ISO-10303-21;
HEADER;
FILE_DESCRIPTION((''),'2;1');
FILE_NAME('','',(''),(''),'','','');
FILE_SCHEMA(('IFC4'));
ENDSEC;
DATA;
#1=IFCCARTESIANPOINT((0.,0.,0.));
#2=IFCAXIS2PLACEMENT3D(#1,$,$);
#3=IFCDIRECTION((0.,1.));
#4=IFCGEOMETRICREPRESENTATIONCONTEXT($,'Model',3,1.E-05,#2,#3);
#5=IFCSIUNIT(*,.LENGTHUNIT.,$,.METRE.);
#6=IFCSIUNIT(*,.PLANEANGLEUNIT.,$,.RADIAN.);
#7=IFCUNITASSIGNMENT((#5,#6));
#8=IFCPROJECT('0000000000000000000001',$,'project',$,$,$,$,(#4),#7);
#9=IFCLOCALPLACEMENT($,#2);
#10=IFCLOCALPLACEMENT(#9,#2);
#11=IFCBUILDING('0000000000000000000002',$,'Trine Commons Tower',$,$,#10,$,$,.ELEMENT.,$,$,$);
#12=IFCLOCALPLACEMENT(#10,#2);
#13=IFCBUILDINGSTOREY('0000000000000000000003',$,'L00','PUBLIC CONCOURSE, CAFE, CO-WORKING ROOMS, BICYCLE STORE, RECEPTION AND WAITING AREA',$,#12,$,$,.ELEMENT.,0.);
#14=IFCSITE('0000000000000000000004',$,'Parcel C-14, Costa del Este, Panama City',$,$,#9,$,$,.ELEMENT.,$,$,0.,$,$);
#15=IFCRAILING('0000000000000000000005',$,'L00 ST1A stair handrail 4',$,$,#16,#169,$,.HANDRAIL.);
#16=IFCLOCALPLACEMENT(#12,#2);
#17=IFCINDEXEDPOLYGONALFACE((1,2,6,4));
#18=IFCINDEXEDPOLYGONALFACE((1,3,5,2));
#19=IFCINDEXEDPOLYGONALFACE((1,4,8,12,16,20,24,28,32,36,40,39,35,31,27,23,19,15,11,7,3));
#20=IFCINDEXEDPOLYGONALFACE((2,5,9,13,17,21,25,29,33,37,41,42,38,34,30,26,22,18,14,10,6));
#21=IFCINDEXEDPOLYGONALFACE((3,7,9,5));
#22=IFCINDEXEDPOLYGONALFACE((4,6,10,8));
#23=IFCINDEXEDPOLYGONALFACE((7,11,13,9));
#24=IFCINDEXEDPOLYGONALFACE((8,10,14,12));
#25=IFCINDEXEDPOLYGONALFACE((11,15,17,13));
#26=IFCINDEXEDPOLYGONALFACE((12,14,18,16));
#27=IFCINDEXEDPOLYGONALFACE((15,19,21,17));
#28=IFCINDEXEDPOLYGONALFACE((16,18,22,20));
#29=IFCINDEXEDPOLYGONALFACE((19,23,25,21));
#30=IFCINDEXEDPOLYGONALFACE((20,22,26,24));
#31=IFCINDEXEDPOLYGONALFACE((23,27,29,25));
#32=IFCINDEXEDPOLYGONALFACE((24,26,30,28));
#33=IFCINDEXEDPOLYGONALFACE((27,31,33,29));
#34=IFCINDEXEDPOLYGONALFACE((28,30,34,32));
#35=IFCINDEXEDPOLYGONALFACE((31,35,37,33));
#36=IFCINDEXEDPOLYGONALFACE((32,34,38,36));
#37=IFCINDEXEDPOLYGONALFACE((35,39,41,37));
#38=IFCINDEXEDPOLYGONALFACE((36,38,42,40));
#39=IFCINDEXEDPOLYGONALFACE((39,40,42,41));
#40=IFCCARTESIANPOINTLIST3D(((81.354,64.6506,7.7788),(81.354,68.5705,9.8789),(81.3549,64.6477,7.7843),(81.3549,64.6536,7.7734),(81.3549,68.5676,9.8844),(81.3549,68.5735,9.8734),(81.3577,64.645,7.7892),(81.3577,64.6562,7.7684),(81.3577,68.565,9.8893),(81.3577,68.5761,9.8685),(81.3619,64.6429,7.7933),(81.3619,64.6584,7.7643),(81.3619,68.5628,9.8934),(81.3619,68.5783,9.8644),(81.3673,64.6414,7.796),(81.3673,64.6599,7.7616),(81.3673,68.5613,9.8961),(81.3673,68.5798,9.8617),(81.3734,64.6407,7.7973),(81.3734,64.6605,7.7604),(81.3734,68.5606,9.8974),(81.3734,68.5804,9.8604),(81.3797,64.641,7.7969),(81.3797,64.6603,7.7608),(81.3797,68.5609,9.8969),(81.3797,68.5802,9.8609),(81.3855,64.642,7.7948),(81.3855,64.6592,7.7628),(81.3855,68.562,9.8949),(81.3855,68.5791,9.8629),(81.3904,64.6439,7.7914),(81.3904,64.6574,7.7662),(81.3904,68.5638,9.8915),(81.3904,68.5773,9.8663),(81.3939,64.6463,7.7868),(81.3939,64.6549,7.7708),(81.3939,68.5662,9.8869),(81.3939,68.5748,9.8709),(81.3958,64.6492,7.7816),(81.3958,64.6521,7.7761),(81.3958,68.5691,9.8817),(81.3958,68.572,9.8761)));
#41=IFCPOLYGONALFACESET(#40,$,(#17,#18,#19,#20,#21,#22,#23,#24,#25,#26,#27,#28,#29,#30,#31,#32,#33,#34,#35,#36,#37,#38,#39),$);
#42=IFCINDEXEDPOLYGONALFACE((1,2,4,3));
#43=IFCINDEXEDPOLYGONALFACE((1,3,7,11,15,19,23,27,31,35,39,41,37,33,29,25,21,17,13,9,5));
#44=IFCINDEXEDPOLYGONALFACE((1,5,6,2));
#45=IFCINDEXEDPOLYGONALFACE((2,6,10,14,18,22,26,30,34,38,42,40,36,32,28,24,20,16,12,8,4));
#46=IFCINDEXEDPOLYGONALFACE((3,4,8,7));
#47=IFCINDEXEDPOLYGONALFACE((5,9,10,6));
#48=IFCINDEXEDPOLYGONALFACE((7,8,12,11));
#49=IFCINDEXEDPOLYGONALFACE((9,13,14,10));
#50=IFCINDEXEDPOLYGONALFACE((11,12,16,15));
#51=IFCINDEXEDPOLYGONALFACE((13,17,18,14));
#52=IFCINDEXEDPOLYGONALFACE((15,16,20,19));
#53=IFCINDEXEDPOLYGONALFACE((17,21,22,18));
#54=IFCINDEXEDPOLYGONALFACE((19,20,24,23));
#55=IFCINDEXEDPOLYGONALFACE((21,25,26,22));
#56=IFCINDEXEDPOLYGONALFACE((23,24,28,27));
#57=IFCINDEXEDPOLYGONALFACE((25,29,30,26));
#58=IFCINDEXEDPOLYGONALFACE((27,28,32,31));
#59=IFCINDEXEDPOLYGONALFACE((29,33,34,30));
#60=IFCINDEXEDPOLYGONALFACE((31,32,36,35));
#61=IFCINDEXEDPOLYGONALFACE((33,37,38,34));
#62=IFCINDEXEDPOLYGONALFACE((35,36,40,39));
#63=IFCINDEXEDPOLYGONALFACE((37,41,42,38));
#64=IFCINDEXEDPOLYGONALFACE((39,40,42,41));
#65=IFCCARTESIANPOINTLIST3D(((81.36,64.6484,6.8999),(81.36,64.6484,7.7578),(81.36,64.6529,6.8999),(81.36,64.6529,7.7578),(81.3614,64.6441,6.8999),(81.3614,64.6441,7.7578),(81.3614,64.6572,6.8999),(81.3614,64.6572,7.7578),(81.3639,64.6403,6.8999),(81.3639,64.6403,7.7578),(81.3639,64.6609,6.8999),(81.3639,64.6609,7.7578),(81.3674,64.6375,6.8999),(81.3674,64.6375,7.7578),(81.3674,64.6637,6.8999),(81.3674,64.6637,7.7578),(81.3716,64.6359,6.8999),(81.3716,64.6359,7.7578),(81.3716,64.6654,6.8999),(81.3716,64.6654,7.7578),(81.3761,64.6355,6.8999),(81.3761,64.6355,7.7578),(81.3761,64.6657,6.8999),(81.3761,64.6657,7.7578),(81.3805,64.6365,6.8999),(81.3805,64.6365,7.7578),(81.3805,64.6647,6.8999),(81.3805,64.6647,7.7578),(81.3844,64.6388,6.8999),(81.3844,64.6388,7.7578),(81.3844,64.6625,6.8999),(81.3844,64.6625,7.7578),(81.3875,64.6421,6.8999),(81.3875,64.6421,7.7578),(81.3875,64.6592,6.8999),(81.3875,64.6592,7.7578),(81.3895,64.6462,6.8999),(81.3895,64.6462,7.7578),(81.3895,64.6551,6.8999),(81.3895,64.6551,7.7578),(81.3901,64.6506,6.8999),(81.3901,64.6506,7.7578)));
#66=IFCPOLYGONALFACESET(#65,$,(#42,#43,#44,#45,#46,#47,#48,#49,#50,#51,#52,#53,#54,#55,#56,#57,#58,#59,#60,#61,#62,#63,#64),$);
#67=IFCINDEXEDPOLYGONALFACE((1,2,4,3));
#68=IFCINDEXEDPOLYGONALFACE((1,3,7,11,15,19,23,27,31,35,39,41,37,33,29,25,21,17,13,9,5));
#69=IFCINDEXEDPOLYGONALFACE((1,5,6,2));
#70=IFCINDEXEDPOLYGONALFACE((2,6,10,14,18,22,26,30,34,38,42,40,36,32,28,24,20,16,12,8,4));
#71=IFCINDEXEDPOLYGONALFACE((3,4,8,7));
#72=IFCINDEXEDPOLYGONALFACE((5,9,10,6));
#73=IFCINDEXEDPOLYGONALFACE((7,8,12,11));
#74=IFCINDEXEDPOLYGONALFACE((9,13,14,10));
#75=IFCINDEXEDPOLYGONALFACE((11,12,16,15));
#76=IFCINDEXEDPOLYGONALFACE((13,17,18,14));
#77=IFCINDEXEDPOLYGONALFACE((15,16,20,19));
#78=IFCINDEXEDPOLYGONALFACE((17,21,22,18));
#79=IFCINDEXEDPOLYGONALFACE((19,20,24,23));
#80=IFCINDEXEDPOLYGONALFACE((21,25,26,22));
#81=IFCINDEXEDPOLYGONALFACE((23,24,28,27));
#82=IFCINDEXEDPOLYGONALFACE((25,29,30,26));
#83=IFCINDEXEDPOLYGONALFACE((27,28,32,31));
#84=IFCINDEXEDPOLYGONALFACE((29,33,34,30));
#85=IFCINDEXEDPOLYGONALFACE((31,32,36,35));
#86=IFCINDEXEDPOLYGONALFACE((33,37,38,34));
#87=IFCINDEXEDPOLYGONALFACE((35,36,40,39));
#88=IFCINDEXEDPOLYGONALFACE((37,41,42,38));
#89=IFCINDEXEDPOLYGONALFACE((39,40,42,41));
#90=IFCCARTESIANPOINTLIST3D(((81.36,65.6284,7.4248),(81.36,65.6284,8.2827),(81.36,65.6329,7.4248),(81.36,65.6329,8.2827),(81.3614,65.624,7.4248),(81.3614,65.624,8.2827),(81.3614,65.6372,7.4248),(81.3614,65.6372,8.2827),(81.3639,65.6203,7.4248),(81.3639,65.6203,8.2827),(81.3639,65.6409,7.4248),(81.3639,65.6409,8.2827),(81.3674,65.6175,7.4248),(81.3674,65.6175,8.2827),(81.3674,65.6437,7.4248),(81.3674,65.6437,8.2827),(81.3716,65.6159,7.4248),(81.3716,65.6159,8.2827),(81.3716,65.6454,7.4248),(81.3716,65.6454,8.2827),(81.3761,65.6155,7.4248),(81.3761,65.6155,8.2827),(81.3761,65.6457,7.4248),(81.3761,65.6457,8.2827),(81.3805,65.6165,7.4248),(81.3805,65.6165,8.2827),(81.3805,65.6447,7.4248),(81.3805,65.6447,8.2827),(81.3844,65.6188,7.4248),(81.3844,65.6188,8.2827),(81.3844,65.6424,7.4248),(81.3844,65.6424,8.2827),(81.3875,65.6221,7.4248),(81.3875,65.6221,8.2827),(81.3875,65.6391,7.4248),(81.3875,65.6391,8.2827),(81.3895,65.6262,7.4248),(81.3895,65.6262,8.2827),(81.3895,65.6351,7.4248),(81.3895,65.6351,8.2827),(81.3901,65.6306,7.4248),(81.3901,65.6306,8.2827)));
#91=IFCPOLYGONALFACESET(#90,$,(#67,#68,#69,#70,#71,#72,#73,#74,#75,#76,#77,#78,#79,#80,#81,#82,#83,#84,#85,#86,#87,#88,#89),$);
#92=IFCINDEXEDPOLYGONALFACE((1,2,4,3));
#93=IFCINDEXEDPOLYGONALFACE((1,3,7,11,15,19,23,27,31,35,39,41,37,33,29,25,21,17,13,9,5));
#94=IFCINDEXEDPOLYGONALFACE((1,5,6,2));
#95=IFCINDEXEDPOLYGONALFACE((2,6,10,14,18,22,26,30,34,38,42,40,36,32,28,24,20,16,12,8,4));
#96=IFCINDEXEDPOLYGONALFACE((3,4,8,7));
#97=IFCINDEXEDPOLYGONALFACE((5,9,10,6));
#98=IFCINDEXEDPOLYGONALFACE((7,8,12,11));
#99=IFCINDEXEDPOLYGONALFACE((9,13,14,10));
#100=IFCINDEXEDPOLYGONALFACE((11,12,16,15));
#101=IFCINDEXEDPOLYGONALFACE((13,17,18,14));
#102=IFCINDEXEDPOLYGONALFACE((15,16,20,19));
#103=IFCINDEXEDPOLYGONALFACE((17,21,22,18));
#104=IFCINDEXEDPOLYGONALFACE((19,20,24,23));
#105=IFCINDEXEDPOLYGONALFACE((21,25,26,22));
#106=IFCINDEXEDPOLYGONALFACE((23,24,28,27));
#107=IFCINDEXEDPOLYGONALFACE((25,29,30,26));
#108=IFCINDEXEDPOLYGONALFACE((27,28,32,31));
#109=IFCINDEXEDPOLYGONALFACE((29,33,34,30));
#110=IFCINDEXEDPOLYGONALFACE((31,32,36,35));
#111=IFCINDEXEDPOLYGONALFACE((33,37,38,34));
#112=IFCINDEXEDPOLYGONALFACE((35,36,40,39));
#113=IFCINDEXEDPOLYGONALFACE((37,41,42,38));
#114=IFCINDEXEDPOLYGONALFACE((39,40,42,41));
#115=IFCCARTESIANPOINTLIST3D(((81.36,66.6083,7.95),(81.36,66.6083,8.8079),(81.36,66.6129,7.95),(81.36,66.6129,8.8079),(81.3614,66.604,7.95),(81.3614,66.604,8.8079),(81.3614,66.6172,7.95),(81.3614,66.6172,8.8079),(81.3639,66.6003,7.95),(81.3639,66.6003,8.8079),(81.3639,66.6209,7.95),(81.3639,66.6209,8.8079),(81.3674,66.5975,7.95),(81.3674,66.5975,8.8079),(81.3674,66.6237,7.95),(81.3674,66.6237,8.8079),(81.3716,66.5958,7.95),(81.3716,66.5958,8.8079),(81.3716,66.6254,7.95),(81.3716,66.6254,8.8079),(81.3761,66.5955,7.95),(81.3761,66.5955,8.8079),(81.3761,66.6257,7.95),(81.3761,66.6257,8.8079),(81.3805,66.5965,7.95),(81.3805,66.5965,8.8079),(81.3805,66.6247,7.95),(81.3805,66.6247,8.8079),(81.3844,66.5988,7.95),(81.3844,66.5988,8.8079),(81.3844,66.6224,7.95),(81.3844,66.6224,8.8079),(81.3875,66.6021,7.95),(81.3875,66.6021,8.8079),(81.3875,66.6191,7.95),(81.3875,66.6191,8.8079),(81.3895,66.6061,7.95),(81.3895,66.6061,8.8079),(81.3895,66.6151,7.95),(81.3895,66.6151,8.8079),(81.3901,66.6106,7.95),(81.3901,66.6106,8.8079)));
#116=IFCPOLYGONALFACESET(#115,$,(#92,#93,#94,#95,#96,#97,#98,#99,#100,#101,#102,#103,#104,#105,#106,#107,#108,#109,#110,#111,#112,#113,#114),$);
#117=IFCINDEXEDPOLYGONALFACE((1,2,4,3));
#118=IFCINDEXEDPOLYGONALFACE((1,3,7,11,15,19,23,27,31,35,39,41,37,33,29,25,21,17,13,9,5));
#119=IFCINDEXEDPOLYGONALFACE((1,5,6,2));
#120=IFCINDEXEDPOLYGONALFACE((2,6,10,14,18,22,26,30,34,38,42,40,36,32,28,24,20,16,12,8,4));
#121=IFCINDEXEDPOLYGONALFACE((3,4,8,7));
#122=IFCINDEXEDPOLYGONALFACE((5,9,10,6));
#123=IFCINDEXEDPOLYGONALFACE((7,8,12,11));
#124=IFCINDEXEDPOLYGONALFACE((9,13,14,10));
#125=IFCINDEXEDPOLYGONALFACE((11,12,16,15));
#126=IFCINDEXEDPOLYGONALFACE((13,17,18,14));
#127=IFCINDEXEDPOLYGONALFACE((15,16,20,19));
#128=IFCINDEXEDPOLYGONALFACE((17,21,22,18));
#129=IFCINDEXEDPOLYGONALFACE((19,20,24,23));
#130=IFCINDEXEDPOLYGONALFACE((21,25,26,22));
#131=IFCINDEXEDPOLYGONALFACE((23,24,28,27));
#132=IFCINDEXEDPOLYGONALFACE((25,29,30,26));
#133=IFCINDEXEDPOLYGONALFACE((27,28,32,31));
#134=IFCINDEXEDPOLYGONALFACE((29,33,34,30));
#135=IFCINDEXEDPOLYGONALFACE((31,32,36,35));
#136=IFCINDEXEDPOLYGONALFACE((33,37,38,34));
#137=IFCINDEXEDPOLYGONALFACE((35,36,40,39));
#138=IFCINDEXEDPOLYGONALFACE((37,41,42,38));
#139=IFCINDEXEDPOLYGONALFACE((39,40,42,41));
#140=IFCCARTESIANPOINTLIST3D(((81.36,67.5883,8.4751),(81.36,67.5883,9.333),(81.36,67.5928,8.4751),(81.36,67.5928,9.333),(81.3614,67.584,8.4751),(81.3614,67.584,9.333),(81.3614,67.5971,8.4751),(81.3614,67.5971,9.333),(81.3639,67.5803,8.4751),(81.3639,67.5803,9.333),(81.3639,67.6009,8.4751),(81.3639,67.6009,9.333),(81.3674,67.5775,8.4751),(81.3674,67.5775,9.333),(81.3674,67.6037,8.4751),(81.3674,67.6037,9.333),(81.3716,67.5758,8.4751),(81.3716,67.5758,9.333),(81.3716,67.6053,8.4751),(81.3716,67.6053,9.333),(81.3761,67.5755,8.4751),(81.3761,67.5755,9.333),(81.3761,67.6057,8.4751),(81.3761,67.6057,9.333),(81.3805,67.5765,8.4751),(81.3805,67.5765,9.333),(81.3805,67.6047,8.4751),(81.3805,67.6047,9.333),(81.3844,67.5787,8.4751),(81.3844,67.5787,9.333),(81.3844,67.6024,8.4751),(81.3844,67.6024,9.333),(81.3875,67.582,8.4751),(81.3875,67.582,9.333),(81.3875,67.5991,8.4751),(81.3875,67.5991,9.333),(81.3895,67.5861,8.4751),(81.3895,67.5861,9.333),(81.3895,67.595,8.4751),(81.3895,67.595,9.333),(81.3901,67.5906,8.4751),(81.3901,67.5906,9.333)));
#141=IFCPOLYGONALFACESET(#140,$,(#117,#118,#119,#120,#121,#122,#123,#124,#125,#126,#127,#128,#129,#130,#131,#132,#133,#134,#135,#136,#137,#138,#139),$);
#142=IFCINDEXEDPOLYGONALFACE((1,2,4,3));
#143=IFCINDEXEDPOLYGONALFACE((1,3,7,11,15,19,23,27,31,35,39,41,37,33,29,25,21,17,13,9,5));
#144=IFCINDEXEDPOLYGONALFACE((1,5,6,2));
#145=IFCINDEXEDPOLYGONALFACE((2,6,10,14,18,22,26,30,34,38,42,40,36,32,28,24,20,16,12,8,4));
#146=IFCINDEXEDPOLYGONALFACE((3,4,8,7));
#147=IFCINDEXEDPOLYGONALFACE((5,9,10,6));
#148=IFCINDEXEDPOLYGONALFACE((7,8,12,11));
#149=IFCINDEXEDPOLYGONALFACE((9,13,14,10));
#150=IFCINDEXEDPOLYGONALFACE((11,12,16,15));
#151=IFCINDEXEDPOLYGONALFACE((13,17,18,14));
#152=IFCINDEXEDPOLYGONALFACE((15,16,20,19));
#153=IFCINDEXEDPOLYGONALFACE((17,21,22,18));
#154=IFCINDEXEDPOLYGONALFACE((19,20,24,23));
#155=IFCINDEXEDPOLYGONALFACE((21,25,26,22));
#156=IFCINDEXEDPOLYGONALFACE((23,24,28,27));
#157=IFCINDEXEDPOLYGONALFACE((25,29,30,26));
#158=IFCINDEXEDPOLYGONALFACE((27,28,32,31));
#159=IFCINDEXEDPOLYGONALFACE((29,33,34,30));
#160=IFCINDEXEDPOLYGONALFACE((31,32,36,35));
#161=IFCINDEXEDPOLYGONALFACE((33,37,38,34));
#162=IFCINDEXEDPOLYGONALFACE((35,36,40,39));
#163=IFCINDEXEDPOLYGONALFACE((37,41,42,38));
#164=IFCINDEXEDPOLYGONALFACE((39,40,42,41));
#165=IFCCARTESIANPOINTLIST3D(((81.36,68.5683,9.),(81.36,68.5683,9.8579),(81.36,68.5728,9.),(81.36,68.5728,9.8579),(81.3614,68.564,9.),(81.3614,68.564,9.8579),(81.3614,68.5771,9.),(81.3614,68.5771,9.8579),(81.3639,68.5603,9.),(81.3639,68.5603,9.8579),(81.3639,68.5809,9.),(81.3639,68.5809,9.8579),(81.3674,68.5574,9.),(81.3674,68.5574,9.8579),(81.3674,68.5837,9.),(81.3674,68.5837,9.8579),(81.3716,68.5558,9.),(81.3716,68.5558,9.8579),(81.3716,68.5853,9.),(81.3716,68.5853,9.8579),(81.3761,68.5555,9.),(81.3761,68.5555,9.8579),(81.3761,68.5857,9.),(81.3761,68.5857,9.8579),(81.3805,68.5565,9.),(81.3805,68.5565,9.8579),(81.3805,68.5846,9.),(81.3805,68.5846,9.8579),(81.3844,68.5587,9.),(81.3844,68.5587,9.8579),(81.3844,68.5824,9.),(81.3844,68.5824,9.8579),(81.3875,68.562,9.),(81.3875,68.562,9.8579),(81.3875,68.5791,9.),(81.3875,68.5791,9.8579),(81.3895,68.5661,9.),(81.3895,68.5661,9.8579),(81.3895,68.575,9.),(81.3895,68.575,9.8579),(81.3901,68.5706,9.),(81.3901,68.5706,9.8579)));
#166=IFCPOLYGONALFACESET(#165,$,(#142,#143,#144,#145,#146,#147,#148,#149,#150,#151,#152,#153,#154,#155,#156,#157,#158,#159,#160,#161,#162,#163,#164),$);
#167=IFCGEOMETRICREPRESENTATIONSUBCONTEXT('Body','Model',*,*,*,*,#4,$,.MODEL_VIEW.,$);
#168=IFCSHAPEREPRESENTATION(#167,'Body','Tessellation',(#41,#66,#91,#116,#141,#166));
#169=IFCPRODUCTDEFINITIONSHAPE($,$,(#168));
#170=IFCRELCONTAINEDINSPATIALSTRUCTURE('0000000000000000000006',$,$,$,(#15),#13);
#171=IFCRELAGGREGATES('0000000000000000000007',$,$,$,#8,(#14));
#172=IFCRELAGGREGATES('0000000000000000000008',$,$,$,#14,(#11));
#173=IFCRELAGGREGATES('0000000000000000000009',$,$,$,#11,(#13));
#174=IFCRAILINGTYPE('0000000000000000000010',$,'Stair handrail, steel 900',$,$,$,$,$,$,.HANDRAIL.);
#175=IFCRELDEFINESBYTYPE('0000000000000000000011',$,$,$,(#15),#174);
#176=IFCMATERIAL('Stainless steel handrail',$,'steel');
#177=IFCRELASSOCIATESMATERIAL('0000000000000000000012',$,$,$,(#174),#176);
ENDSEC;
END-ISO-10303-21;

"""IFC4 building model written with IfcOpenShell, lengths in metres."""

from ifc_helpers import new_model, si_unit, direction, frame, origin, origin_2d, place, context, subcontext, project, spatial, circle, extrude, material, type_object, element, save


model = new_model("IFC4")

# Units and contexts
model_context = context("Model", 3, precision=1e-05, world=origin(), true_north=direction((0.0, 1.0)))
body_context = subcontext(model_context, "Body", "Model", "MODEL_VIEW")
ifc_project = project(units=[si_unit("LENGTHUNIT", "METRE"), si_unit("PLANEANGLEUNIT", "RADIAN")], contexts=[model_context])

# Site, building, storey
site_placement = place(None, origin())
site = spatial("IfcSite", under=ifc_project, at=site_placement, Name="Parcel C-14, Costa del Este, Panama City", CompositionType="ELEMENT", RefElevation=0.0)
building_placement = place(site_placement, origin())
building = spatial("IfcBuilding", under=site, at=building_placement, Name="Trine Commons Tower", CompositionType="ELEMENT")
storey_placement = place(building_placement, origin())
storey = spatial("IfcBuildingStorey", under=building, at=storey_placement, Name="L00", Description="PUBLIC CONCOURSE, CAFE, CO-WORKING ROOMS, BICYCLE STORE, RECEPTION AND WAITING AREA", CompositionType="ELEMENT", Elevation=0.0)

# Railing
ifc_material_1 = material(Name="Stainless steel handrail", Category="steel")
railing_type_1 = type_object("IfcRailingType", Name="Stair handrail, steel 900", PredefinedType="HANDRAIL", material=ifc_material_1)
railing_1_placement = place(storey_placement, frame((81.375, 64.6506, 6.8999)))
element("IfcRailing", 1, at=railing_1_placement, inside=storey, type_object=railing_type_1, Name="L00 ST1A stair handrail 4", PredefinedType="HANDRAIL", context=body_context, shape_type="SweptSolid", body=[
    extrude(circle(Radius=0.021, at=origin_2d()), frame((0.0, 0.0, 0.8789), z_axis=(0.0, 0.881467, 0.472246), x_axis=(-1.0, 0.0, 0.0)), (0.0, 0.0, 1.0), 4.447),
    extrude(circle(Radius=0.0151, at=origin_2d()), origin(), (0.0, 0.0, 1.0), 0.8579),
    extrude(circle(Radius=0.0151, at=origin_2d()), frame((0.0, 0.98, 0.5249)), (0.0, 0.0, 1.0), 0.8579),
    extrude(circle(Radius=0.0151, at=origin_2d()), frame((0.0, 1.96, 1.05)), (0.0, 0.0, 1.0), 0.8579),
    extrude(circle(Radius=0.0151, at=origin_2d()), frame((0.0, 2.9399, 1.5752)), (0.0, 0.0, 1.0), 0.8579),
    extrude(circle(Radius=0.0151, at=origin_2d()), frame((0.0, 3.9199, 2.1001)), (0.0, 0.0, 1.0), 0.8579),
])

save(model, "model.ifc")
